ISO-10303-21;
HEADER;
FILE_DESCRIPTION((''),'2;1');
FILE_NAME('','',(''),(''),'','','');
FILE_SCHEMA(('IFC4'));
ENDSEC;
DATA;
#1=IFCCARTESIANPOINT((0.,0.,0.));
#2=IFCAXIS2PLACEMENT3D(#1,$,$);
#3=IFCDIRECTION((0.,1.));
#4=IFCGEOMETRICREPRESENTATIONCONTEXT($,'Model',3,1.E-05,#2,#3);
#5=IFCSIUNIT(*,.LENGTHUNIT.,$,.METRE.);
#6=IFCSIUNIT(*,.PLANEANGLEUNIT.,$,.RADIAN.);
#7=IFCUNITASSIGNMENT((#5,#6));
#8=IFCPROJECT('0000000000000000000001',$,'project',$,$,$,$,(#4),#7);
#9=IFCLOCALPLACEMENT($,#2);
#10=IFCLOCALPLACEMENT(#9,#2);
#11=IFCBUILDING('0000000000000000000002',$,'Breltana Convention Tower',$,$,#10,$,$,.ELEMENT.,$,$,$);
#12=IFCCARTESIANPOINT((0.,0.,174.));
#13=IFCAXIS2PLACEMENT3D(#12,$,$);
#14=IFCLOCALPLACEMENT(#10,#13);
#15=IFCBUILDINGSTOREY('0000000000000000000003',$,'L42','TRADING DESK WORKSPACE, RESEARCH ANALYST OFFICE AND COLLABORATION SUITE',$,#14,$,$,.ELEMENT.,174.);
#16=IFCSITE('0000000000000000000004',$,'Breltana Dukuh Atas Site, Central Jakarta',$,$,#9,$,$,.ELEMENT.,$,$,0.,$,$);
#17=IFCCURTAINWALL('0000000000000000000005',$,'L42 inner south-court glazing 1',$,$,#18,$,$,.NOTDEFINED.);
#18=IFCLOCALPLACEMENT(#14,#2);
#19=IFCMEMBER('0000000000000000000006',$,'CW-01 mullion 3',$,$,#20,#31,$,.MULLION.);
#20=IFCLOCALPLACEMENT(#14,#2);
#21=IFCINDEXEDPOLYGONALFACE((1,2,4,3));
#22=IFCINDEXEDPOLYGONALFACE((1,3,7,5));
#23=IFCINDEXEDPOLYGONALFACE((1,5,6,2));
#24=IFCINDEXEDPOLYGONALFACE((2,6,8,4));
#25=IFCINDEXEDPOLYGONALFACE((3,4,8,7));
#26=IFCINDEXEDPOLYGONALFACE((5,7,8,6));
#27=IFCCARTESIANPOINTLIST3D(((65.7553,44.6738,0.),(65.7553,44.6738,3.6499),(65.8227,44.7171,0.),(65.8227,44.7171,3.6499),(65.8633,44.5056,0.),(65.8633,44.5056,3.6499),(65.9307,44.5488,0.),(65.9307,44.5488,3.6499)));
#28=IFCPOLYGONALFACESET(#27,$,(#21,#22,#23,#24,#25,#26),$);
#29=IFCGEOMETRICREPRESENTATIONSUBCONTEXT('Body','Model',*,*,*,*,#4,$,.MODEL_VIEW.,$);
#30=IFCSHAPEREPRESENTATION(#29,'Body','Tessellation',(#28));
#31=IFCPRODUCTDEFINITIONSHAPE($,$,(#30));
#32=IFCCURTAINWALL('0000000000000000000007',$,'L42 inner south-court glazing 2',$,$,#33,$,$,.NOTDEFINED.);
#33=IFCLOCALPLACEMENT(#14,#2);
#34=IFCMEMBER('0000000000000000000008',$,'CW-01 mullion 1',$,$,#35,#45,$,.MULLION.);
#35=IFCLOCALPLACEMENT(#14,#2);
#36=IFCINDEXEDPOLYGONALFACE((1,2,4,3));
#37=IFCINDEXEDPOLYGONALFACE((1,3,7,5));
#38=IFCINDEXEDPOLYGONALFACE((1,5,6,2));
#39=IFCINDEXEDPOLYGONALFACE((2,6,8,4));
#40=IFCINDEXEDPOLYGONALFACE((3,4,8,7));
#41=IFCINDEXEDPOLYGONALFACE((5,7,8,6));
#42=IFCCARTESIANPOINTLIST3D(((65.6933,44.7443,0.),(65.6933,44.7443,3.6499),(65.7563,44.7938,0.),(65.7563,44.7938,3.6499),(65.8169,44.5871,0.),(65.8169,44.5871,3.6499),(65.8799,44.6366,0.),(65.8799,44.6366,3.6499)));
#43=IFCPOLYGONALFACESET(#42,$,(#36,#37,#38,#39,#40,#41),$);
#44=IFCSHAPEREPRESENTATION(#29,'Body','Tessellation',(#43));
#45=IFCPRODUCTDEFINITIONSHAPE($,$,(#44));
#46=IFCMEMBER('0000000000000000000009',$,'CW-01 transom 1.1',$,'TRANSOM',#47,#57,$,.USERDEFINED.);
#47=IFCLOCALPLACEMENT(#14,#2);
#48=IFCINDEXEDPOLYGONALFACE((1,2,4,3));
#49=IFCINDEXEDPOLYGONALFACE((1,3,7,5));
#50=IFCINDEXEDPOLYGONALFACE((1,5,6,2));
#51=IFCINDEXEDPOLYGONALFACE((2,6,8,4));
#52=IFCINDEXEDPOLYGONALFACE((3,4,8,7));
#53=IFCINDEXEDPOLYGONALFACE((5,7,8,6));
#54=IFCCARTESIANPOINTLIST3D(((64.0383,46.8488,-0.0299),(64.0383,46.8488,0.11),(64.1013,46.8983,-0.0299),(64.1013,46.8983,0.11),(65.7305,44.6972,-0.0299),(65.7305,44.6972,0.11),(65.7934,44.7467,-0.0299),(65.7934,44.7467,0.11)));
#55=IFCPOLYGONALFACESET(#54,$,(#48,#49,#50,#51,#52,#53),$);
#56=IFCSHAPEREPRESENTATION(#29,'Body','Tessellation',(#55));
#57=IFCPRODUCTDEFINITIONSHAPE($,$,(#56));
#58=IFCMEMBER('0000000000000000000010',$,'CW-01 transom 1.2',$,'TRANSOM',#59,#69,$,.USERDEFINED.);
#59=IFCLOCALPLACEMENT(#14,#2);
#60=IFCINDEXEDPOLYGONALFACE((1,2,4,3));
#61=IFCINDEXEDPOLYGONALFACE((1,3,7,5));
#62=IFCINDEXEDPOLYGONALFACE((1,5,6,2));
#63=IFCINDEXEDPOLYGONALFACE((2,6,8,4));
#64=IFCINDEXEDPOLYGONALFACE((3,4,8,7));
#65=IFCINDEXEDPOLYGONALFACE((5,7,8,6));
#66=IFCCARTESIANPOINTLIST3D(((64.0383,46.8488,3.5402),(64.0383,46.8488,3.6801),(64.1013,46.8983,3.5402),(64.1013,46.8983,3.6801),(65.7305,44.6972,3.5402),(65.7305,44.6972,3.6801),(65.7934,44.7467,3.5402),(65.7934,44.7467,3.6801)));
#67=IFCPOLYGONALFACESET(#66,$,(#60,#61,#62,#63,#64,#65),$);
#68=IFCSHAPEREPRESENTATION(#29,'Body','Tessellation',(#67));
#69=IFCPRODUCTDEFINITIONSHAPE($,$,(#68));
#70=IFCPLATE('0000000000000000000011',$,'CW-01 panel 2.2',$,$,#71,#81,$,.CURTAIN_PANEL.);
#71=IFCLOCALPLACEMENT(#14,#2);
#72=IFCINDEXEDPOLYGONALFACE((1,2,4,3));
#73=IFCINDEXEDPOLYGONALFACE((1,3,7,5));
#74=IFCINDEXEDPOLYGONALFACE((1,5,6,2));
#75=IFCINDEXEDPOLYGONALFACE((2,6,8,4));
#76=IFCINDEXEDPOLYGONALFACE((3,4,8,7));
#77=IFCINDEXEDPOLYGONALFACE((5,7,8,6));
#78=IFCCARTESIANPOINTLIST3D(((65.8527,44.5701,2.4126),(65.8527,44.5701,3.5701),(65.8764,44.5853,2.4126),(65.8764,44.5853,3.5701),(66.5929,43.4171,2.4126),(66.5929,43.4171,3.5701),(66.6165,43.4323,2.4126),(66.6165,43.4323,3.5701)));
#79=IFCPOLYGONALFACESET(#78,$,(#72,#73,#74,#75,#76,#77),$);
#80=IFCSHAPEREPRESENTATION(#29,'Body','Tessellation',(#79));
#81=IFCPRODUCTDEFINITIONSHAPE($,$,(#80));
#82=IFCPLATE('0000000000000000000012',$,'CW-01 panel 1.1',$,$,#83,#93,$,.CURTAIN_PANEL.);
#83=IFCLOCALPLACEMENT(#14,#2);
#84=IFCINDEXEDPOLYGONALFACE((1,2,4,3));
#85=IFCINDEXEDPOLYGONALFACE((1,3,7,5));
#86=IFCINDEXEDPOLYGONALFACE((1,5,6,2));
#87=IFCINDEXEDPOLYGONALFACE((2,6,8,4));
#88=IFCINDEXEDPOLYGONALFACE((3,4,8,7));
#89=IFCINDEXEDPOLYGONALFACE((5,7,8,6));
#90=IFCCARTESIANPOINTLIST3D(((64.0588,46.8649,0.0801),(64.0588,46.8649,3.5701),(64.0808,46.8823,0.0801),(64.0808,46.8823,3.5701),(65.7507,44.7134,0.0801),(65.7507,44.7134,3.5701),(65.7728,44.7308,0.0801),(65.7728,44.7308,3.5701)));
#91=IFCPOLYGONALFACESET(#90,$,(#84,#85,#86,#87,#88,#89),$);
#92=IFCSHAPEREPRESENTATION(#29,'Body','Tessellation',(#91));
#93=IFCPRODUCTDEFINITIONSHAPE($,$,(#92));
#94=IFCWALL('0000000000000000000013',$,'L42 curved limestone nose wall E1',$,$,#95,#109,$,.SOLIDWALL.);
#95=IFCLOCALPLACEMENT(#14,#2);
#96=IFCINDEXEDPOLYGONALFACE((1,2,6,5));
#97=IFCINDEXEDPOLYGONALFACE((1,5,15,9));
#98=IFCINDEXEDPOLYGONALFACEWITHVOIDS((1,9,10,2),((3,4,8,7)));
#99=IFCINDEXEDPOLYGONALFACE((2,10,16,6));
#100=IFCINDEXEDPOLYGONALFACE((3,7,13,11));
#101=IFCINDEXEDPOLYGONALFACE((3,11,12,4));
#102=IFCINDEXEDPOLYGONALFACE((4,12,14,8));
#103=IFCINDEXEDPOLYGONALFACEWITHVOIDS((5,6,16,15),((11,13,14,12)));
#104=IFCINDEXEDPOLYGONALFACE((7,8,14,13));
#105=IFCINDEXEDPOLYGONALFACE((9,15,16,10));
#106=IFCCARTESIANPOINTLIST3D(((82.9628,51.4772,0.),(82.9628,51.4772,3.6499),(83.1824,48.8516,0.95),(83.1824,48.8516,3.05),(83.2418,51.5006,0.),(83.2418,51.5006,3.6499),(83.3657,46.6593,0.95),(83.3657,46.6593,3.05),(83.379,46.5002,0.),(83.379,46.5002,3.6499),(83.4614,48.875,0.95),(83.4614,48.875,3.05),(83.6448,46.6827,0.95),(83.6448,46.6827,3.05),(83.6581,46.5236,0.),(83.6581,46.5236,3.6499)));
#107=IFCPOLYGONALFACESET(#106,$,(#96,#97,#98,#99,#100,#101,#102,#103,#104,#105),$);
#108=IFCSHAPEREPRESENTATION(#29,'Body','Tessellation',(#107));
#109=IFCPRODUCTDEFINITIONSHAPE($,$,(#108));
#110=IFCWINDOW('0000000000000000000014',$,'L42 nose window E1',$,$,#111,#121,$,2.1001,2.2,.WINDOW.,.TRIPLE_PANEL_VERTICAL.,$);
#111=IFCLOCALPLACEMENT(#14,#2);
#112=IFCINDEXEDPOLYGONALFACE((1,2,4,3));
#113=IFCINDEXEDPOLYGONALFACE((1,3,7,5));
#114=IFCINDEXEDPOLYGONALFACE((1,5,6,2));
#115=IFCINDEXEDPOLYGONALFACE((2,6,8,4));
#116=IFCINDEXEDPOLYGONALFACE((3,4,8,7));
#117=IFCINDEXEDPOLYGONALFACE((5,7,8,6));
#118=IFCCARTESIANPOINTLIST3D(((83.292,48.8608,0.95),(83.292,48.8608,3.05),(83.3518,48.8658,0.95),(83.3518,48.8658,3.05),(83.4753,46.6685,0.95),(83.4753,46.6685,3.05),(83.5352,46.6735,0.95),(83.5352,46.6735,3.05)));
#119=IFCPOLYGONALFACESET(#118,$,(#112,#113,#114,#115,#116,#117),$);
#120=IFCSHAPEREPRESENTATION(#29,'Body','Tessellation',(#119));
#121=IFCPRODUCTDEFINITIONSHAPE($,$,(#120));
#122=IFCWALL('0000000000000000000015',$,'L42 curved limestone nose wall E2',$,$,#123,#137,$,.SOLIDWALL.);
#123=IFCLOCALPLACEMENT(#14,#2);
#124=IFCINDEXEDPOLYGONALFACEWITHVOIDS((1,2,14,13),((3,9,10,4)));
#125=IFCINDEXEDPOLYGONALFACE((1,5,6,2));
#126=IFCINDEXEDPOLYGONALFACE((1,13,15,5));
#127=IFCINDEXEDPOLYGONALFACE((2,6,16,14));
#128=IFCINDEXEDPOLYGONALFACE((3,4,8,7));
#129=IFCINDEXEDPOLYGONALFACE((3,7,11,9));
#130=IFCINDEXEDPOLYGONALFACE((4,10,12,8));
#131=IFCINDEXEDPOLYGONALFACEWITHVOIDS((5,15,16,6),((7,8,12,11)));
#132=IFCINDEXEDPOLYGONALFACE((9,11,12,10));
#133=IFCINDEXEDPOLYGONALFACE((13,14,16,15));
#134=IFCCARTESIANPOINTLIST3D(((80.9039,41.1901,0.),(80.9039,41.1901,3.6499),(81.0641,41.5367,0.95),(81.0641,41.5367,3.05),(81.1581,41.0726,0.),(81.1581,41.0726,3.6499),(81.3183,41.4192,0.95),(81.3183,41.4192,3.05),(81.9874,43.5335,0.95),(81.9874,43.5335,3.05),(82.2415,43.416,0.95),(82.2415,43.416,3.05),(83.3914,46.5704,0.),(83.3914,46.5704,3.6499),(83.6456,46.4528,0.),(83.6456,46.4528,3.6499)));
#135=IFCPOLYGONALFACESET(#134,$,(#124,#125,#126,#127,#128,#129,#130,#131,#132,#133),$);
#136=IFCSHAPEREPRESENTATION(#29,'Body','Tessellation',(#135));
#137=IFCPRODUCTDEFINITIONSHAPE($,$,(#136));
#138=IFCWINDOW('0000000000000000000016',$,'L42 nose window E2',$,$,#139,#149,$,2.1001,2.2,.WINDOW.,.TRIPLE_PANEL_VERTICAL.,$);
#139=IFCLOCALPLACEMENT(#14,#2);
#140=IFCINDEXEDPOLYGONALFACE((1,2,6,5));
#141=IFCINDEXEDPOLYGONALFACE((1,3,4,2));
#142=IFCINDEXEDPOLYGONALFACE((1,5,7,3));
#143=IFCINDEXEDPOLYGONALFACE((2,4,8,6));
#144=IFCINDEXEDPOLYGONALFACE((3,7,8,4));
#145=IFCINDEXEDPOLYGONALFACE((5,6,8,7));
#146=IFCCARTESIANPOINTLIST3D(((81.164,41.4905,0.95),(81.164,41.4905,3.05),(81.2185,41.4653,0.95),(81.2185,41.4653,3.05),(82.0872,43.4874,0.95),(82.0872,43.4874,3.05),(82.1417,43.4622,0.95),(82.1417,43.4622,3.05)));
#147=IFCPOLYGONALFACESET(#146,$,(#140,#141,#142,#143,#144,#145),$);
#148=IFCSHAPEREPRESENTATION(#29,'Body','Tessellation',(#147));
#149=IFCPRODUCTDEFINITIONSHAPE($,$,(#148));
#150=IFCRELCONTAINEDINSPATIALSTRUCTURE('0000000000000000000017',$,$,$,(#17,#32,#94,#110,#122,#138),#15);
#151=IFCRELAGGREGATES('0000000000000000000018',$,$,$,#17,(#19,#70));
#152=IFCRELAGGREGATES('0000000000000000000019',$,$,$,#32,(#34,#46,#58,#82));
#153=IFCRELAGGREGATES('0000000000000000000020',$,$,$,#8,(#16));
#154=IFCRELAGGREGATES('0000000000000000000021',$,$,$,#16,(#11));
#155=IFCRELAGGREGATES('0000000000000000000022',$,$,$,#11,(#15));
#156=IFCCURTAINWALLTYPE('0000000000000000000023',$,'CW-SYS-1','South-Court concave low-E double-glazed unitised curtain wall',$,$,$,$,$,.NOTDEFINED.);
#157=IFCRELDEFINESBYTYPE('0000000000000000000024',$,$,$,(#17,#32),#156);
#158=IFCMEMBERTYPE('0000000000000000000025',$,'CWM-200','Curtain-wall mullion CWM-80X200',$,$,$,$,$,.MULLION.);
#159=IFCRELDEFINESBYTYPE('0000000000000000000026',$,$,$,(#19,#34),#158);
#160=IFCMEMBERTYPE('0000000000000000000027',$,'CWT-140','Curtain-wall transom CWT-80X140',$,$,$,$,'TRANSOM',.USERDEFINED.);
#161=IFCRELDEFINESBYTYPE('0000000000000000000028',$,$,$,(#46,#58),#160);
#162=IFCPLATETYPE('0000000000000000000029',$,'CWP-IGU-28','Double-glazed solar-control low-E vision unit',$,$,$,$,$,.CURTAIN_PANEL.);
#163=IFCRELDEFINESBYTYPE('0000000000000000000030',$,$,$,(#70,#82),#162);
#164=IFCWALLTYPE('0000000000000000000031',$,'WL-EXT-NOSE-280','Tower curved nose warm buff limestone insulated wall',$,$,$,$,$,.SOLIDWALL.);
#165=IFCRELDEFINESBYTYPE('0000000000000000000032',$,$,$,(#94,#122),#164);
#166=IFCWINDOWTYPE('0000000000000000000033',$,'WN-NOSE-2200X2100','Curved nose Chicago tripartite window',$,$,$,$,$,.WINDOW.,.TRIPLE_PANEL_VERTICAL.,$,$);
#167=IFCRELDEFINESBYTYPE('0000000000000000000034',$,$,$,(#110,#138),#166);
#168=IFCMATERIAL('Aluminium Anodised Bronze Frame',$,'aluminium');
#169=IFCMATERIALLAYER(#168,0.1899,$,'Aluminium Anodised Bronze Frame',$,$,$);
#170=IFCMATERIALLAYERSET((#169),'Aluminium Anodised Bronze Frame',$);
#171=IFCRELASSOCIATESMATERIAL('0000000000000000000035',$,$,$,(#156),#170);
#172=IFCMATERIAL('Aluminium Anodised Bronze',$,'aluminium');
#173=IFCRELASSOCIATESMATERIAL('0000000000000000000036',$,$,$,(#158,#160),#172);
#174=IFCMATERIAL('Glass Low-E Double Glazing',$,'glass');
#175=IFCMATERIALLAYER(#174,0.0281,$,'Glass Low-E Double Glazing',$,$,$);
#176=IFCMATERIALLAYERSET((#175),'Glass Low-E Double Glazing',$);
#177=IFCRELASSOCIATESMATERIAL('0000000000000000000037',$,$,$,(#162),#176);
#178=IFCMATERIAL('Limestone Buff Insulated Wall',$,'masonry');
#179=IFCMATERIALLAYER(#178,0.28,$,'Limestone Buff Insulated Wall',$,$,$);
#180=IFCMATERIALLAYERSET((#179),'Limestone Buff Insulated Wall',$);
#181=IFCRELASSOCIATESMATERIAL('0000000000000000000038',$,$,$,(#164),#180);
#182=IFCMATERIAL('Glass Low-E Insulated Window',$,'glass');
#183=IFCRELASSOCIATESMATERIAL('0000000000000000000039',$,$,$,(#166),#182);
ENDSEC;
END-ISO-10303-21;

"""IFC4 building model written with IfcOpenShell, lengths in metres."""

from ifc_helpers import new_model, si_unit, direction, frame, frame_2d, origin, origin_2d, place, context, subcontext, project, spatial, rectangle, extrude, source, transform, mapped, material, layer, layer_set, material_profile, profile_set, type_object, type_shapes, element, fill, aggregate, save


model = new_model("IFC4")

# Units and contexts
model_context = context("Model", 3, precision=1e-05, world=origin(), true_north=direction((0.0, 1.0)))
body_context = subcontext(model_context, "Body", "Model", "MODEL_VIEW")
ifc_project = project(units=[si_unit("LENGTHUNIT", "METRE"), si_unit("PLANEANGLEUNIT", "RADIAN")], contexts=[model_context])

# Site, building, storey
site_placement = place(None, origin())
site = spatial("IfcSite", under=ifc_project, at=site_placement, Name="Breltana Dukuh Atas Site, Central Jakarta", CompositionType="ELEMENT", RefElevation=0.0)
building_placement = place(site_placement, origin())
building = spatial("IfcBuilding", under=site, at=building_placement, Name="Breltana Convention Tower", CompositionType="ELEMENT")
storey_placement = place(building_placement, frame((0.0, 0.0, 174.0)))
storey = spatial("IfcBuildingStorey", under=building, at=storey_placement, Name="L42", Description="TRADING DESK WORKSPACE, RESEARCH ANALYST OFFICE AND COLLABORATION SUITE", CompositionType="ELEMENT", Elevation=174.0)

# Curtain wall, member
ifc_material_1 = material(Name="Aluminium Anodised Bronze Frame", Category="aluminium")
ifc_layer_1 = layer(ifc_material_1, 0.1899, Name="Aluminium Anodised Bronze Frame")
ifc_layer_set_1 = layer_set([ifc_layer_1], Name="Aluminium Anodised Bronze Frame")
curtain_wall_type = type_object("IfcCurtainWallType", Name="CW-SYS-1", Description="South-Court concave low-E double-glazed unitised curtain wall", PredefinedType="NOTDEFINED", material=ifc_layer_set_1)
curtain_wall_1_placement = place(storey_placement, origin())
curtain_wall_1 = element("IfcCurtainWall", 1, at=curtain_wall_1_placement, inside=storey, type_object=curtain_wall_type, Name="L42 inner south-court glazing 1", PredefinedType="NOTDEFINED")
ifc_material_2 = material(Name="Aluminium Anodised Bronze", Category="aluminium")
ifc_material_profile_1 = material_profile(ifc_material_2, rectangle(XDim=0.0801, YDim=0.2, at=origin_2d()), Name="CWM-80X200")
ifc_profile_set_1 = profile_set([ifc_material_profile_1], Name="Aluminium Anodised Bronze")
member_type_1 = type_object("IfcMemberType", Name="CWM-200", Description="Curtain-wall mullion CWM-80X200", PredefinedType="MULLION", material=ifc_profile_set_1)
shared_shape_1 = source(origin(), body_context, "Body", "SweptSolid", [
    extrude(rectangle(XDim=0.0801, YDim=0.2, at=origin_2d()), origin(), (0.0, 0.0, 1.0), 3.6499),
])
member_1_placement = place(storey_placement, frame((65.843, 44.6113, 0.0), z_axis=(0.0, 0.0, 1.0), x_axis=(-0.841547, -0.540184, 0.0)))
member_1 = element("IfcMember", 2, at=member_1_placement, type_object=member_type_1, Name="CW-01 mullion 3", PredefinedType="MULLION", context=body_context, shape_type="MappedRepresentation", body=[
    mapped(shared_shape_1, transform((0.0, 0.0, 0.0), scale=1.0)),
])

# Curtain wall, members
curtain_wall_2_placement = place(storey_placement, origin())
curtain_wall_2 = element("IfcCurtainWall", 3, at=curtain_wall_2_placement, inside=storey, type_object=curtain_wall_type, Name="L42 inner south-court glazing 2", PredefinedType="NOTDEFINED")
member_2_placement = place(storey_placement, frame((65.7866, 44.6904, 0.0), z_axis=(0.0, 0.0, 1.0), x_axis=(-0.786051, -0.618161, 0.0)))
member_2 = element("IfcMember", 4, at=member_2_placement, type_object=member_type_1, Name="CW-01 mullion 1", PredefinedType="MULLION", context=body_context, shape_type="MappedRepresentation", body=[
    mapped(shared_shape_1, transform((0.0, 0.0, 0.0), scale=1.0)),
])
ifc_material_profile_2 = material_profile(ifc_material_2, rectangle(XDim=0.0801, YDim=0.1399, at=origin_2d()), Name="CWT-80X140")
ifc_profile_set_2 = profile_set([ifc_material_profile_2], Name="Aluminium Anodised Bronze")
member_type_2 = type_object("IfcMemberType", Name="CWT-140", Description="Curtain-wall transom CWT-80X140", ElementType="TRANSOM", PredefinedType="USERDEFINED", material=ifc_profile_set_2)
shared_shape_2 = source(origin(), body_context, "Body", "SweptSolid", [
    extrude(rectangle(XDim=0.0801, YDim=0.1399, at=origin_2d()), origin(), (0.0, 0.0, 1.0), 2.7373),
])
member_3_placement = place(storey_placement, frame((65.762, 44.7219, 0.04), z_axis=(-0.61818, 0.786037, 0.0), x_axis=(-0.786037, -0.61818, 0.0)))
member_3 = element("IfcMember", 5, at=member_3_placement, type_object=member_type_2, Name="CW-01 transom 1.1", ObjectType="TRANSOM", PredefinedType="USERDEFINED", context=body_context, shape_type="MappedRepresentation", body=[
    mapped(shared_shape_2, transform((0.0, 0.0, 0.0), scale=1.0)),
])
member_4_placement = place(storey_placement, frame((65.762, 44.7219, 3.6101), z_axis=(-0.61818, 0.786037, 0.0), x_axis=(-0.786037, -0.61818, 0.0)))
member_4 = element("IfcMember", 6, at=member_4_placement, type_object=member_type_2, Name="CW-01 transom 1.2", ObjectType="TRANSOM", PredefinedType="USERDEFINED", context=body_context, shape_type="MappedRepresentation", body=[
    mapped(shared_shape_2, transform((0.0, 0.0, 0.0), scale=1.0)),
])

# Plates
ifc_material_3 = material(Name="Glass Low-E Double Glazing", Category="glass")
ifc_layer_2 = layer(ifc_material_3, 0.0281, Name="Glass Low-E Double Glazing")
ifc_layer_set_2 = layer_set([ifc_layer_2], Name="Glass Low-E Double Glazing")
plate_type = type_object("IfcPlateType", Name="CWP-IGU-28", Description="Double-glazed solar-control low-E vision unit", PredefinedType="CURTAIN_PANEL", material=ifc_layer_set_2)
shared_shape_3 = source(origin(), body_context, "Body", "SweptSolid", [
    extrude(rectangle(XDim=1.3701, YDim=0.0281, at=origin_2d()), origin(), (0.0, 0.0, 1.0), 1.1575),
])
plate_1_placement = place(storey_placement, frame((66.2346, 44.0012, 2.4126), z_axis=(0.0, 0.0, 1.0), x_axis=(-0.540184, 0.841547, 0.0)))
plate_1 = element("IfcPlate", 7, at=plate_1_placement, type_object=plate_type, Name="CW-01 panel 2.2", PredefinedType="CURTAIN_PANEL", context=body_context, shape_type="MappedRepresentation", body=[
    mapped(shared_shape_3, transform((0.0, 0.0, 0.0), scale=1.0)),
])
aggregate(curtain_wall_1, [member_1, plate_1])
shared_shape_4 = source(origin(), body_context, "Body", "SweptSolid", [
    extrude(rectangle(XDim=2.7371, YDim=0.0281, at=origin_2d()), origin(), (0.0, 0.0, 1.0), 3.49),
])
plate_2_placement = place(storey_placement, frame((64.9158, 45.7979, 0.0801), z_axis=(0.0, 0.0, 1.0), x_axis=(-0.618161, 0.786051, 0.0)))
plate_2 = element("IfcPlate", 8, at=plate_2_placement, type_object=plate_type, Name="CW-01 panel 1.1", PredefinedType="CURTAIN_PANEL", context=body_context, shape_type="MappedRepresentation", body=[
    mapped(shared_shape_4, transform((0.0, 0.0, 0.0), scale=1.0)),
])
aggregate(curtain_wall_2, [member_2, member_3, member_4, plate_2])

# Walls, openings, windows
ifc_material_4 = material(Name="Limestone Buff Insulated Wall", Category="masonry")
ifc_layer_3 = layer(ifc_material_4, 0.28, Name="Limestone Buff Insulated Wall")
ifc_layer_set_3 = layer_set([ifc_layer_3], Name="Limestone Buff Insulated Wall")
wall_type = type_object("IfcWallType", Name="WL-EXT-NOSE-280", Description="Tower curved nose warm buff limestone insulated wall", PredefinedType="SOLIDWALL", material=ifc_layer_set_3)
shared_shape_5 = source(origin(), body_context, "Body", "SweptSolid", [
    extrude(rectangle(XDim=4.9944, YDim=0.28, at=frame_2d((2.4971, 0.0))), origin(), (0.0, 0.0, 1.0), 3.6499),
])
wall_1_placement = place(storey_placement, frame((83.1023, 51.4888, 0.0), z_axis=(0.0, 0.0, 1.0), x_axis=(0.083345, -0.996521, 0.0)))
wall_1 = element("IfcWall", 9, at=wall_1_placement, inside=storey, type_object=wall_type, Name="L42 curved limestone nose wall E1", PredefinedType="SOLIDWALL", context=body_context, shape_type="MappedRepresentation", body=[
    mapped(shared_shape_5, transform((0.0, 0.0, 0.0), scale=1.0)),
])
opening_1_placement = place(wall_1_placement, frame((2.6345, 0.0, 0.95)))
opening_1 = element("IfcOpeningElement", 10, at=opening_1_placement, cuts=wall_1, PredefinedType="OPENING", context=body_context, shape_type="SweptSolid", body=[
    extrude(rectangle(XDim=2.2, YDim=2.1001, at=frame_2d((1.1001, 1.05))), frame((0.0, 0.1499, 0.0), z_axis=(0.0, -1.0, 0.0), x_axis=(1.0, 0.0, 0.0)), (0.0, 0.0, 1.0), 0.3),
])
ifc_material_5 = material(Name="Glass Low-E Insulated Window", Category="glass")
window_type = type_object("IfcWindowType", Name="WN-NOSE-2200X2100", Description="Curved nose Chicago tripartite window", PartitioningType="TRIPLE_PANEL_VERTICAL", PredefinedType="WINDOW", material=ifc_material_5)
shared_shape_6 = source(origin(), body_context, "Body", "SweptSolid", [
    extrude(rectangle(XDim=2.2, YDim=2.1001, at=frame_2d((1.1001, 1.05))), frame((0.0, 0.03, 0.0), z_axis=(0.0, -1.0, 0.0), x_axis=(1.0, 0.0, 0.0)), (0.0, 0.0, 1.0), 0.0601),
])
type_shapes(window_type, [shared_shape_6])
window_1_placement = place(opening_1_placement, origin())
window_1 = element("IfcWindow", 11, at=window_1_placement, inside=storey, type_object=window_type, Name="L42 nose window E1", OverallHeight=2.1001, OverallWidth=2.2, PartitioningType="TRIPLE_PANEL_VERTICAL", PredefinedType="WINDOW", context=body_context, shape_type="MappedRepresentation", body=[
    mapped(shared_shape_6, transform((0.0, 0.0, 0.0), scale=1.0)),
])
fill(opening_1, window_1)
shared_shape_7 = source(origin(), body_context, "Body", "SweptSolid", [
    extrude(rectangle(XDim=5.9275, YDim=0.28, at=frame_2d((2.9639, 0.0))), origin(), (0.0, 0.0, 1.0), 3.6499),
])
wall_2_placement = place(storey_placement, frame((83.5186, 46.5117, 0.0), z_axis=(0.0, 0.0, 1.0), x_axis=(-0.419656, -0.907683, 0.0)))
wall_2 = element("IfcWall", 12, at=wall_2_placement, inside=storey, type_object=wall_type, Name="L42 curved limestone nose wall E2", PredefinedType="SOLIDWALL", context=body_context, shape_type="MappedRepresentation", body=[
    mapped(shared_shape_7, transform((0.0, 0.0, 0.0), scale=1.0)),
])
opening_2_placement = place(wall_2_placement, frame((3.3457, 0.0, 0.95)))
opening_2 = element("IfcOpeningElement", 13, at=opening_2_placement, cuts=wall_2, PredefinedType="OPENING", context=body_context, shape_type="SweptSolid", body=[
    extrude(rectangle(XDim=2.2, YDim=2.1001, at=frame_2d((1.1001, 1.05))), frame((0.0, 0.1499, 0.0), z_axis=(0.0, -1.0, 0.0), x_axis=(1.0, 0.0, 0.0)), (0.0, 0.0, 1.0), 0.3),
])
window_2_placement = place(opening_2_placement, origin())
window_2 = element("IfcWindow", 14, at=window_2_placement, inside=storey, type_object=window_type, Name="L42 nose window E2", OverallHeight=2.1001, OverallWidth=2.2, PartitioningType="TRIPLE_PANEL_VERTICAL", PredefinedType="WINDOW", context=body_context, shape_type="MappedRepresentation", body=[
    mapped(shared_shape_6, transform((0.0, 0.0, 0.0), scale=1.0)),
])
fill(opening_2, window_2)

save(model, "model.ifc")
